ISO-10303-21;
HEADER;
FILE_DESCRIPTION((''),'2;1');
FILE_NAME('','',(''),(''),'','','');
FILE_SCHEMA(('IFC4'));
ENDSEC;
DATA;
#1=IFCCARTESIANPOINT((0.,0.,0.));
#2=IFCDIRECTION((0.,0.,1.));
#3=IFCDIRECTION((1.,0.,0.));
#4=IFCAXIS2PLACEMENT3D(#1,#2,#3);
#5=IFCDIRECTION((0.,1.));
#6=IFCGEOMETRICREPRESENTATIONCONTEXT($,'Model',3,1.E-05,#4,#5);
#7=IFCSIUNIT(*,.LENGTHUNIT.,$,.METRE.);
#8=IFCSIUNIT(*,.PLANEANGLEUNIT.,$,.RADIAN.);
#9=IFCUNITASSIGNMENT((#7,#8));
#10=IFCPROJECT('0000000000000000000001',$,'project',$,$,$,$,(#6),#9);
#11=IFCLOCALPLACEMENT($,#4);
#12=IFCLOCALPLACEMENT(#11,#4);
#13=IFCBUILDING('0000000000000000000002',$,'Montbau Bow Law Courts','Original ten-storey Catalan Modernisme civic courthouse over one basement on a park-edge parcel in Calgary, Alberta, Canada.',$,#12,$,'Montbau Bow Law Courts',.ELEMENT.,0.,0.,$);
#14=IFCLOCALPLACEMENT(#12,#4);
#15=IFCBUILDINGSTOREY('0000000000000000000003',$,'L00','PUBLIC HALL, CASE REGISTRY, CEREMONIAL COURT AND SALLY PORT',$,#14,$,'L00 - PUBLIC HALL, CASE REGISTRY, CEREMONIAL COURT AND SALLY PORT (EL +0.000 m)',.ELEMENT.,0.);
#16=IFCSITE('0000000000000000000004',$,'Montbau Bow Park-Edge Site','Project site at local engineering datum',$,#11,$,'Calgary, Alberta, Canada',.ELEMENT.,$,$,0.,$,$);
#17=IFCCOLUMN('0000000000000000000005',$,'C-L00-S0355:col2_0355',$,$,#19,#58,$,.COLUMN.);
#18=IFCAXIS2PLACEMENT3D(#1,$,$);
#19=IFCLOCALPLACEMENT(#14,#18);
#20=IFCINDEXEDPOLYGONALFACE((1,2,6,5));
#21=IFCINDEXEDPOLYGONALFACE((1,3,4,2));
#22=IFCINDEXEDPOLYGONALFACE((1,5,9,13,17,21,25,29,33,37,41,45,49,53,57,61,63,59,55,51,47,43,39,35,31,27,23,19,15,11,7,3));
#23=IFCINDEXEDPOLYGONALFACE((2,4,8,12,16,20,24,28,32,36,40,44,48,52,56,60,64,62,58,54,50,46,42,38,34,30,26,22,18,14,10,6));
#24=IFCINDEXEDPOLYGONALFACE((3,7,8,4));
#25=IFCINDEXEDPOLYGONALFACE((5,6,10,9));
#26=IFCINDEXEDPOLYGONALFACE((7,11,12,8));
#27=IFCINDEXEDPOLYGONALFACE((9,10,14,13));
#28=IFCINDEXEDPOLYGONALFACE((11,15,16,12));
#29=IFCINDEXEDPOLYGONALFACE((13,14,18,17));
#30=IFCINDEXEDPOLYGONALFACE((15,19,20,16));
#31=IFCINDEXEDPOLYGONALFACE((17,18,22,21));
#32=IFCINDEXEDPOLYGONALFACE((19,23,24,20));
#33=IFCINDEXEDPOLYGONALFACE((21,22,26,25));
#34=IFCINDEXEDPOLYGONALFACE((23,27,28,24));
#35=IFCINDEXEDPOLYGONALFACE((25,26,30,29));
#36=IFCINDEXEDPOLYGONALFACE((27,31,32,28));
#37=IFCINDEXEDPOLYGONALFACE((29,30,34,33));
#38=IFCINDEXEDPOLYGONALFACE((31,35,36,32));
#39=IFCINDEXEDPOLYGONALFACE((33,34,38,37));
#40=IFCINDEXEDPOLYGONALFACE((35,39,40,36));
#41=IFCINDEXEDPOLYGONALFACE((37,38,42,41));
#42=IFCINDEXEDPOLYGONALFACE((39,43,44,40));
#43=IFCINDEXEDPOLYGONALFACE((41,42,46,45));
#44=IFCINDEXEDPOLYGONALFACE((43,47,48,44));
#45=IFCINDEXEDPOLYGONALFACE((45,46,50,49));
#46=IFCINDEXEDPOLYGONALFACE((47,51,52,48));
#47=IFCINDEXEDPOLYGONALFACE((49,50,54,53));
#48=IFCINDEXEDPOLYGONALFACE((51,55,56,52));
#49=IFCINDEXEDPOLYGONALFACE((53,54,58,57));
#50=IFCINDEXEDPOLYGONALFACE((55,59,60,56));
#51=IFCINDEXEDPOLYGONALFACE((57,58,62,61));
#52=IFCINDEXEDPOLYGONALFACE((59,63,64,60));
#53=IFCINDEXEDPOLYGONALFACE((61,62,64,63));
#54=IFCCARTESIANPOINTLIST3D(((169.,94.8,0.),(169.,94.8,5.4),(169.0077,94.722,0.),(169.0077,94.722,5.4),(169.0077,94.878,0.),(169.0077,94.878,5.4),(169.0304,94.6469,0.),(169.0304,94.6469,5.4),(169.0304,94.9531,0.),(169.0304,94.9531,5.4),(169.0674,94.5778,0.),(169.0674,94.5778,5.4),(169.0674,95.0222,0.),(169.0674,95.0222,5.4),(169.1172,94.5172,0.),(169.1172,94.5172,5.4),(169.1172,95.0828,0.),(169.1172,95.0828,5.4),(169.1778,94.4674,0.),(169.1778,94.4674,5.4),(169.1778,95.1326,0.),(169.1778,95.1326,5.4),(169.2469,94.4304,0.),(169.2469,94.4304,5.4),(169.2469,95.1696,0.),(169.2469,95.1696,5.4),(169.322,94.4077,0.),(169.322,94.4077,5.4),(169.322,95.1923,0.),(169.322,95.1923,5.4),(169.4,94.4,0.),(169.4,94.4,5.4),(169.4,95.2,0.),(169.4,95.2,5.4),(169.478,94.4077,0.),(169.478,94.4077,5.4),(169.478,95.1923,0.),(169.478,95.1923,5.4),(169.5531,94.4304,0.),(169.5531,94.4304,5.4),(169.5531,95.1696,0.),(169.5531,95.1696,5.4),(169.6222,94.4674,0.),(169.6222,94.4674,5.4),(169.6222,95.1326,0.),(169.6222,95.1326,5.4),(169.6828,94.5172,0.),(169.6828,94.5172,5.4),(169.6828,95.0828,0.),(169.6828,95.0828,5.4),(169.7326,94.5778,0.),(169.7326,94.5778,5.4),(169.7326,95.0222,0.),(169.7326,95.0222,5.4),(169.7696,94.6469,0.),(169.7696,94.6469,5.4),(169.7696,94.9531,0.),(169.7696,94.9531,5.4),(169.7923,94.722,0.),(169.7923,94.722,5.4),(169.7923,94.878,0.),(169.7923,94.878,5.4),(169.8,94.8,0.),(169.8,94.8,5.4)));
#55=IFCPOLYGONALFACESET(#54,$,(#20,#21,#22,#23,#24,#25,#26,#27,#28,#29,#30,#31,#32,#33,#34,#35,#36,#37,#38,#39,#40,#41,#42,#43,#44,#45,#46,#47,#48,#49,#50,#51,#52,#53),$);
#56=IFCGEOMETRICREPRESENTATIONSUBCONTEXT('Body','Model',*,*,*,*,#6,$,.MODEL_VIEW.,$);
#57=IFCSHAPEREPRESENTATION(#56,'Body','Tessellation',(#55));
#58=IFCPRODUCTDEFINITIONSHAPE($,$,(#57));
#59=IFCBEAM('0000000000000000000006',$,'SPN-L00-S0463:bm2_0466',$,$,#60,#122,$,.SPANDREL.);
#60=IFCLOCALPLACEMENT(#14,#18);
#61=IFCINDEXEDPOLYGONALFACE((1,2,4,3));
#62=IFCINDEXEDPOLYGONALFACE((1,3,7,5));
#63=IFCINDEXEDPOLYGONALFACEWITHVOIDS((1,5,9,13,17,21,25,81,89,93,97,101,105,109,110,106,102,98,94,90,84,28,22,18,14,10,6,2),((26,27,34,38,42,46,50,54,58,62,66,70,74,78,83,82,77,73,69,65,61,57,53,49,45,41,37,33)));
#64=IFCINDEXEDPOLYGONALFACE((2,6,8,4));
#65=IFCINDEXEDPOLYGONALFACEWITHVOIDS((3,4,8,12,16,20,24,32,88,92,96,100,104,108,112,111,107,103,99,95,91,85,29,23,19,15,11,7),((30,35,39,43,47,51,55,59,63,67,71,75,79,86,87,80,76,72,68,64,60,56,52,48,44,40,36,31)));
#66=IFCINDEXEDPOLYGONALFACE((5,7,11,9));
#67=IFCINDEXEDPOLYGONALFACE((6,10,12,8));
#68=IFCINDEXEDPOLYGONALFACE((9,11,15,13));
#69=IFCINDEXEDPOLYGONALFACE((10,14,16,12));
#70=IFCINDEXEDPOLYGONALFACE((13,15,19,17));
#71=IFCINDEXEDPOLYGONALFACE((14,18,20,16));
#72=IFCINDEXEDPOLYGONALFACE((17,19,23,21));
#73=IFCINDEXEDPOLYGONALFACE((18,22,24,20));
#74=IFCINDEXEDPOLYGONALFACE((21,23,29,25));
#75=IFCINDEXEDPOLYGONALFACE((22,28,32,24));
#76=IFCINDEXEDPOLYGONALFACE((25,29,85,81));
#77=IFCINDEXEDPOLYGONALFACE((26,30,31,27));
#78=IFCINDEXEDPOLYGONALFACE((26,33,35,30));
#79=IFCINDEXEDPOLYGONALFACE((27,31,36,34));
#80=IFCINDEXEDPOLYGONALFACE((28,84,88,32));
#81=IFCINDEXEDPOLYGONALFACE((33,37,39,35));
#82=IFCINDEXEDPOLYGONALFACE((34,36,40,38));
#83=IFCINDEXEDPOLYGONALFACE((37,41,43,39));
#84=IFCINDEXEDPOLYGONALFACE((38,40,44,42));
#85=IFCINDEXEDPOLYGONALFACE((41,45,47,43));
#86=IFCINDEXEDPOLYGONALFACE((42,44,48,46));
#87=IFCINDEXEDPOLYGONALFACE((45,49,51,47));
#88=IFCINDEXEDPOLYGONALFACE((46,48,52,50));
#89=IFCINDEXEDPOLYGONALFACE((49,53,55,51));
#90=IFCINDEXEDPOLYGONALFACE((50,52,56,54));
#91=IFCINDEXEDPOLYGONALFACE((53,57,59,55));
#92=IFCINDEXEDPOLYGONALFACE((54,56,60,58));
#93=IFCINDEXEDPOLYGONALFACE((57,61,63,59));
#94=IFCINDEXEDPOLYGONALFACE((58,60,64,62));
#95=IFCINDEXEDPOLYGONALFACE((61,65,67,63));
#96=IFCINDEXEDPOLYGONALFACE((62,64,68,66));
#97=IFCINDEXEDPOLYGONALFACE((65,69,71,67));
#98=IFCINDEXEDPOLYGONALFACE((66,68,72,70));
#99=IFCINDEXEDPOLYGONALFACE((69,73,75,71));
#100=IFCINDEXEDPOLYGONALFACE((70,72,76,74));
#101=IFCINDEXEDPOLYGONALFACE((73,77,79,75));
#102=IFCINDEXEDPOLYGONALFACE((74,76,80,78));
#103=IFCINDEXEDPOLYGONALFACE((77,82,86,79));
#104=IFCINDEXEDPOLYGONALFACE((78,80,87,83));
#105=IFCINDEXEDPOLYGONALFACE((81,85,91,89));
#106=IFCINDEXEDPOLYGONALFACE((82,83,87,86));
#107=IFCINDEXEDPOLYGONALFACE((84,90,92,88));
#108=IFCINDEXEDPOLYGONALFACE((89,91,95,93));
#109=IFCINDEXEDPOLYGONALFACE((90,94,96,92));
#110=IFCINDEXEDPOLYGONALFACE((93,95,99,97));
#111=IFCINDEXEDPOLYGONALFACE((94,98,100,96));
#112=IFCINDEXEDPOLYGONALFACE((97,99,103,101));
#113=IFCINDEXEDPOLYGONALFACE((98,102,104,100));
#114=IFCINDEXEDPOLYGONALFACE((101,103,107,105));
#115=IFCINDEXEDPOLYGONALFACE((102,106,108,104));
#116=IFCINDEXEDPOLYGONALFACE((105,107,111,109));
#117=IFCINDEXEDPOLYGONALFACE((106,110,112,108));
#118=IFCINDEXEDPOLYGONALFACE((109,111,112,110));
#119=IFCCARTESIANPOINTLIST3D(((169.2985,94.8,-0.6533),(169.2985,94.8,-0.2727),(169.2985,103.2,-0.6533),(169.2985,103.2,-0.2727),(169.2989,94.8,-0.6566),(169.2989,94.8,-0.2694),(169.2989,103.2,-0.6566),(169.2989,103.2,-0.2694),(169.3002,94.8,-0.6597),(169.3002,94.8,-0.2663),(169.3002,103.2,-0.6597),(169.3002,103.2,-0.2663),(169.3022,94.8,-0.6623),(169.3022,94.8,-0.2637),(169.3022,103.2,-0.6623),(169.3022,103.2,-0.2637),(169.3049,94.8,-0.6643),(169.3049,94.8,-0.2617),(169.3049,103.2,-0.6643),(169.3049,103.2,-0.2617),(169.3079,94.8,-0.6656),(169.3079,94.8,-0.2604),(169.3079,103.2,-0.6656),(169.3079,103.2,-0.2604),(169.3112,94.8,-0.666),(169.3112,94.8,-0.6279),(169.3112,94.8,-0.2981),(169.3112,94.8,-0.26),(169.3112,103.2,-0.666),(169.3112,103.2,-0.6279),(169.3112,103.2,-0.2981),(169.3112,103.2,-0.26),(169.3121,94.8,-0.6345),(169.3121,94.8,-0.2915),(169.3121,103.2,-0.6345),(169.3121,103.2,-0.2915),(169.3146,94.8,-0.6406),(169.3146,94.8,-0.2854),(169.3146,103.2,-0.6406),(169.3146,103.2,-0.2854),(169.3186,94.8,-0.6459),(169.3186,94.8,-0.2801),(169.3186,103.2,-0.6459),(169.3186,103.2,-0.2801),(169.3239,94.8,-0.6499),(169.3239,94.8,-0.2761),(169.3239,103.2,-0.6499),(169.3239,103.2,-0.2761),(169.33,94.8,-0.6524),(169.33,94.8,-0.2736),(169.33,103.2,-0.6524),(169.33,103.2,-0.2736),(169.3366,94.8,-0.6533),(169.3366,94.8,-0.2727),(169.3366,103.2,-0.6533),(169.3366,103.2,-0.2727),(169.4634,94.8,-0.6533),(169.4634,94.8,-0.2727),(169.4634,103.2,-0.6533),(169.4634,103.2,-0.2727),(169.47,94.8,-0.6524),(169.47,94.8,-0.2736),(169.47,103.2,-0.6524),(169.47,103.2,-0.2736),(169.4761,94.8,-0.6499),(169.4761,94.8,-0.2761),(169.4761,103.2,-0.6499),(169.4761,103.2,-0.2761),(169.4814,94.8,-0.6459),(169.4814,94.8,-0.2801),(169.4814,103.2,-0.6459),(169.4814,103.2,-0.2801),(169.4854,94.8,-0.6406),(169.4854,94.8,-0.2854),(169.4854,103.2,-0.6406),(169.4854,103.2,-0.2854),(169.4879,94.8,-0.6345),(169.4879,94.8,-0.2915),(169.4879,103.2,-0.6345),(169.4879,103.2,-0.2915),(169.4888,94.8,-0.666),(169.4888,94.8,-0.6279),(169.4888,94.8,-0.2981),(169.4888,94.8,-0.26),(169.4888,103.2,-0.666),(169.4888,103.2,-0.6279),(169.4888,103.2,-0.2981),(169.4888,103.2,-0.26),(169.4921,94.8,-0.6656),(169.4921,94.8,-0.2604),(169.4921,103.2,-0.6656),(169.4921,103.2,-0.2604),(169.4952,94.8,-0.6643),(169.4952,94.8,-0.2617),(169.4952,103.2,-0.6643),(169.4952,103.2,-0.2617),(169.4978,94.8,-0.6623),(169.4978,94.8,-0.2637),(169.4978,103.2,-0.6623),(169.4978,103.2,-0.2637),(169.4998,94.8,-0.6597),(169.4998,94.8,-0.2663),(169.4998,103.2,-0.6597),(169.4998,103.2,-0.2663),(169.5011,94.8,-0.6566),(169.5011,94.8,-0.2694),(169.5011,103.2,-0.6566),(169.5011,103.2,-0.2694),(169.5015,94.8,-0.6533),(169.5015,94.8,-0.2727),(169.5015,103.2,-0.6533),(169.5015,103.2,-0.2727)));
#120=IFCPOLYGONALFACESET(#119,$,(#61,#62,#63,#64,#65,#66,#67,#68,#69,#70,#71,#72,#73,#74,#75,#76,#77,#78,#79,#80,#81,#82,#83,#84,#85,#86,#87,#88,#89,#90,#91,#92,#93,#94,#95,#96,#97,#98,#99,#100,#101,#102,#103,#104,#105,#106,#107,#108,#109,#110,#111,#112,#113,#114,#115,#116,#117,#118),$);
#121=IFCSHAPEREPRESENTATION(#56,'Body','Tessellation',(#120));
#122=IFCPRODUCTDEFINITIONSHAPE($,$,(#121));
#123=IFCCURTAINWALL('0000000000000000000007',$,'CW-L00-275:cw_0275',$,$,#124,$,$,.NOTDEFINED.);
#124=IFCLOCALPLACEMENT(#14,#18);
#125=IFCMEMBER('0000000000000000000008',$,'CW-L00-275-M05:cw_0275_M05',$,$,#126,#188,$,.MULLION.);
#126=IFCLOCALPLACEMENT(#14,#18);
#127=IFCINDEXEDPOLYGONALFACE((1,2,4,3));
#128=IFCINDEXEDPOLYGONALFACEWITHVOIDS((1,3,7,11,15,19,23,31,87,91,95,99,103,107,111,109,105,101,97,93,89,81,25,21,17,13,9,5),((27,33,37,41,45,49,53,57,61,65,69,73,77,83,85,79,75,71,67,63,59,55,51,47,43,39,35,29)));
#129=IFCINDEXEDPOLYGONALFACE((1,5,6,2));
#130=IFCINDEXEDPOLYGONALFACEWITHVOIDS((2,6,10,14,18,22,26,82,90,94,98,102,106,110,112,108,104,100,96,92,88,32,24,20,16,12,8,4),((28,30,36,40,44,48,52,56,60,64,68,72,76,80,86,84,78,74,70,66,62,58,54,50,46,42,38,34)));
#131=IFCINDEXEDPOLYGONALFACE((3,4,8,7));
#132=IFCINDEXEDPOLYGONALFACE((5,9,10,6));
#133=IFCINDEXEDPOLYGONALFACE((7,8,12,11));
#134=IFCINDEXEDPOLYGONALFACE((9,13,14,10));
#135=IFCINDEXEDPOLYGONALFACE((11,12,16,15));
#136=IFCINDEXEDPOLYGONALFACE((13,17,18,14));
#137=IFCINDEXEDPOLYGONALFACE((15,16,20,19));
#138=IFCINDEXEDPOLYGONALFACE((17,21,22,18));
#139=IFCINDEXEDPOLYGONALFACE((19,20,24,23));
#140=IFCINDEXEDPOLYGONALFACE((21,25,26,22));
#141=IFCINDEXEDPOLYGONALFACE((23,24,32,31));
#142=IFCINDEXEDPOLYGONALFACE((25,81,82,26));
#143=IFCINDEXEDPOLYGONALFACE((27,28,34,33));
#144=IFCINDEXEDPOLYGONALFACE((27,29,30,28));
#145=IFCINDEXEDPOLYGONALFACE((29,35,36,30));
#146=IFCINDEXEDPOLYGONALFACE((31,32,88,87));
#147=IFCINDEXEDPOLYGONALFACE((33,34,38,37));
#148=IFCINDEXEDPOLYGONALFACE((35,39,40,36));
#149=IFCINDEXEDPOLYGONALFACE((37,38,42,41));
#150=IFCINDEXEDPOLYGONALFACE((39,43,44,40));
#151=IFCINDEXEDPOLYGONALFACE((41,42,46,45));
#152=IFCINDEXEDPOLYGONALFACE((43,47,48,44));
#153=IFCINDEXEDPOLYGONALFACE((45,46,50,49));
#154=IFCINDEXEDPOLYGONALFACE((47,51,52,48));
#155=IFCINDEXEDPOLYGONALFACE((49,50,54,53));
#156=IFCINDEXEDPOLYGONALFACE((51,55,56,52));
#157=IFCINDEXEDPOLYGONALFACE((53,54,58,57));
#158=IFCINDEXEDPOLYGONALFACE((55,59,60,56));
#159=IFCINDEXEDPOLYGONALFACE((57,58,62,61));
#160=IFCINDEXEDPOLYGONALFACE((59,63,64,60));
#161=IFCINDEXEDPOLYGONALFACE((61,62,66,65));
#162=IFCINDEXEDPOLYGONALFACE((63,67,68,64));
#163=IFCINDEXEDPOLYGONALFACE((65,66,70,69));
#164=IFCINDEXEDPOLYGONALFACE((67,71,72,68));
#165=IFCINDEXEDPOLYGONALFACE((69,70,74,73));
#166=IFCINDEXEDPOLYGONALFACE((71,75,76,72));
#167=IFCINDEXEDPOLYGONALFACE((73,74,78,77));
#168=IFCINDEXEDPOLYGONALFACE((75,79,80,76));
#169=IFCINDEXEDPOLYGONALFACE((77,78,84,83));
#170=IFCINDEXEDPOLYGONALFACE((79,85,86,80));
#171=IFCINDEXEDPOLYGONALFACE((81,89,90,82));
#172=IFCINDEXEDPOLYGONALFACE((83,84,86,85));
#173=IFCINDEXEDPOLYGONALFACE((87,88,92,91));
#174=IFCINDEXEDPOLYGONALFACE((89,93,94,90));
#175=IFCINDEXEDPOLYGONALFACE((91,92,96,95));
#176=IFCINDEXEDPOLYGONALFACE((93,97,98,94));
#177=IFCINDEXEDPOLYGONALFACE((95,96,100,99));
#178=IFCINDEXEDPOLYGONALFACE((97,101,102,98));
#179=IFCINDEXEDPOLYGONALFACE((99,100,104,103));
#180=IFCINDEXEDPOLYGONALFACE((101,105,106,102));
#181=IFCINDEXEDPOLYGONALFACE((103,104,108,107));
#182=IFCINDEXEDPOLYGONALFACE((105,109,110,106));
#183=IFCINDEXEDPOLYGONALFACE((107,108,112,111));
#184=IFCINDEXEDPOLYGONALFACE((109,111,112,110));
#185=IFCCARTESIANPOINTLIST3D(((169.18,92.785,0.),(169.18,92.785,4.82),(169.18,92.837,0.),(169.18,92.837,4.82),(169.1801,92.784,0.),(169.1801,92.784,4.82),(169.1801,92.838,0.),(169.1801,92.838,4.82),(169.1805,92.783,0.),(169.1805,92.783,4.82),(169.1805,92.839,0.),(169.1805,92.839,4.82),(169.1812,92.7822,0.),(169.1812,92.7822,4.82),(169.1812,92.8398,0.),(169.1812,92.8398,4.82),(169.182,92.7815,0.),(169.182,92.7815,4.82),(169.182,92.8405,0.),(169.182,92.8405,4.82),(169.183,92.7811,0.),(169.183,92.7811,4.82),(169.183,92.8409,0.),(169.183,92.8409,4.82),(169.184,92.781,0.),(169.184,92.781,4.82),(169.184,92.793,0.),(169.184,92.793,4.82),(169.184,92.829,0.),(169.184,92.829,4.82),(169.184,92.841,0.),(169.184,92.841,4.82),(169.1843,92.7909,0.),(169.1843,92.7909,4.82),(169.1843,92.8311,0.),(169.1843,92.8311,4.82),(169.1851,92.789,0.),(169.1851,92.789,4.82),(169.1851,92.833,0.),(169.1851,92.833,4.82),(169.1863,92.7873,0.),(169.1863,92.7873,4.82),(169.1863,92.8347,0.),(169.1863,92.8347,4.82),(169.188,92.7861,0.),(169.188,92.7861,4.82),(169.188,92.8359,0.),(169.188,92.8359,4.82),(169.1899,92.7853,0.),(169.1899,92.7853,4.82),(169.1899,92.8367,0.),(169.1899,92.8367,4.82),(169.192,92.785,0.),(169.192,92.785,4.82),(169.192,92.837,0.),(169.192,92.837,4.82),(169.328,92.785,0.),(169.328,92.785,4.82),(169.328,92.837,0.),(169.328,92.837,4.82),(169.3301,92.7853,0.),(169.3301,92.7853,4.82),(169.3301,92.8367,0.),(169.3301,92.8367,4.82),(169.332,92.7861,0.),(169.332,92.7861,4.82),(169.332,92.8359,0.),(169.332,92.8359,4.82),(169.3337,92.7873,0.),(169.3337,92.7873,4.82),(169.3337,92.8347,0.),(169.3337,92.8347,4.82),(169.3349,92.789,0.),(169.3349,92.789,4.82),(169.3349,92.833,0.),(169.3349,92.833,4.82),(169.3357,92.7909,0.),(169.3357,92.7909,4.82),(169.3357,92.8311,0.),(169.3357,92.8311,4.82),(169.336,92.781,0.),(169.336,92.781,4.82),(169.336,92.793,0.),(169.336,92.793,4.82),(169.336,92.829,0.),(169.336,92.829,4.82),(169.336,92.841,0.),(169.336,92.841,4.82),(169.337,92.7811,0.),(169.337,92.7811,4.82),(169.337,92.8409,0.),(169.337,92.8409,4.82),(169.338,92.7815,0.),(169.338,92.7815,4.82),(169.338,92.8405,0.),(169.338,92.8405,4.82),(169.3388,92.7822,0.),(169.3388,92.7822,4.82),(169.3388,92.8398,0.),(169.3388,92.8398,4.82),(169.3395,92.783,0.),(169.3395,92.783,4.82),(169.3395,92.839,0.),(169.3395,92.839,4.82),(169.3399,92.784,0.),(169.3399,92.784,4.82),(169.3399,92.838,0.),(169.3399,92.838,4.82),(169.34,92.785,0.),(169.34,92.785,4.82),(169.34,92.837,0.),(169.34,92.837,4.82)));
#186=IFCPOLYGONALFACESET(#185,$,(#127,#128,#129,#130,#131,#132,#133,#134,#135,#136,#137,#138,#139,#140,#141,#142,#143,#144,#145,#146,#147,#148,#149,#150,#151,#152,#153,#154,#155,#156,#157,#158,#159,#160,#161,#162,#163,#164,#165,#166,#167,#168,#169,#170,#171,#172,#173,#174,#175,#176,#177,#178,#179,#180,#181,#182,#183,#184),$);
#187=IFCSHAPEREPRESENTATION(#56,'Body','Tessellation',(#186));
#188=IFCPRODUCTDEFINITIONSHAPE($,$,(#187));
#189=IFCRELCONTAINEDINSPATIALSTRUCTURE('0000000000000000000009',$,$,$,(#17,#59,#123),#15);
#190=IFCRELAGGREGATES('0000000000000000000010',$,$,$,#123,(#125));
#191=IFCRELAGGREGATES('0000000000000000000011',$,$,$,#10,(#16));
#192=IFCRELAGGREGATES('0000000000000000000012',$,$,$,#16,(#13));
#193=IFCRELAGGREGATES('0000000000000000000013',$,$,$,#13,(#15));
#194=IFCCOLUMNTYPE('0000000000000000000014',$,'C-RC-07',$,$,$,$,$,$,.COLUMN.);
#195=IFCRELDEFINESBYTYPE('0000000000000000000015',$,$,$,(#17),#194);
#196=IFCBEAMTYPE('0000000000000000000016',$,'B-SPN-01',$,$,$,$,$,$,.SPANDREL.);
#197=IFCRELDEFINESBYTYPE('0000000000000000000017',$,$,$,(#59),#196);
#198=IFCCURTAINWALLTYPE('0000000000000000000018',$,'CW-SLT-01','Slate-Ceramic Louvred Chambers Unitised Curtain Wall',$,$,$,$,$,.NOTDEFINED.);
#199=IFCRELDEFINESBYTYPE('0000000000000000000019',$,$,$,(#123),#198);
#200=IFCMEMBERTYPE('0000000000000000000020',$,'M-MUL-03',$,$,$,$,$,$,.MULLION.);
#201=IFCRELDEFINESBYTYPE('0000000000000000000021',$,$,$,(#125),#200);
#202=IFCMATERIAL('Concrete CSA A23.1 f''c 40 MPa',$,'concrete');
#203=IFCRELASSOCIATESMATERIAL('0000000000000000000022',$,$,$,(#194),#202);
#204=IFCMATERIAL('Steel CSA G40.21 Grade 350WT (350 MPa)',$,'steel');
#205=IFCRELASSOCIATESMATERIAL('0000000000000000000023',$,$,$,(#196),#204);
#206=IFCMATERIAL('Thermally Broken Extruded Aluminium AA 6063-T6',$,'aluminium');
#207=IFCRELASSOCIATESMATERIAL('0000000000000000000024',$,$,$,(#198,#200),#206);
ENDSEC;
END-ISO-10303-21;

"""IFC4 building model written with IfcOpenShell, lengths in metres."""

from ifc_helpers import new_model, si_unit, direction, frame, origin_with_axes, origin_2d_with_axis, place, context, subcontext, project, spatial, hollow_rectangle, circle, extrude, material, material_profile, profile_set, type_object, element, aggregate, save


model = new_model("IFC4")

# Units and contexts
model_context = context("Model", 3, precision=1e-05, world=origin_with_axes(), true_north=direction((0.0, 1.0)))
body_context = subcontext(model_context, "Body", "Model", "MODEL_VIEW")
ifc_project = project(units=[si_unit("LENGTHUNIT", "METRE"), si_unit("PLANEANGLEUNIT", "RADIAN")], contexts=[model_context])

# Site, building, storey
site_placement = place(None, origin_with_axes())
site = spatial("IfcSite", under=ifc_project, at=site_placement, Name="Montbau Bow Park-Edge Site", Description="Project site at local engineering datum", LongName="Calgary, Alberta, Canada", CompositionType="ELEMENT", RefElevation=0.0)
building_placement = place(site_placement, origin_with_axes())
building = spatial("IfcBuilding", under=site, at=building_placement, Name="Montbau Bow Law Courts", Description="Original ten-storey Catalan Modernisme civic courthouse over one basement on a park-edge parcel in Calgary, Alberta, Canada.", LongName="Montbau Bow Law Courts", CompositionType="ELEMENT", ElevationOfRefHeight=0.0, ElevationOfTerrain=0.0)
storey_placement = place(building_placement, origin_with_axes())
storey = spatial("IfcBuildingStorey", under=building, at=storey_placement, Name="L00", Description="PUBLIC HALL, CASE REGISTRY, CEREMONIAL COURT AND SALLY PORT", LongName="L00 - PUBLIC HALL, CASE REGISTRY, CEREMONIAL COURT AND SALLY PORT (EL +0.000 m)", CompositionType="ELEMENT", Elevation=0.0)

# Column
ifc_material_1 = material(Name="Concrete CSA A23.1 f'c 40 MPa", Category="concrete")
ifc_material_profile_1 = material_profile(ifc_material_1, circle(Radius=0.4, at=origin_2d_with_axis()), Name="RC800D", Category="Main", Priority=0)
ifc_profile_set_1 = profile_set([ifc_material_profile_1], Name="Concrete CSA A23.1 f'c 40 MPa")
column_type = type_object("IfcColumnType", Name="C-RC-07", PredefinedType="COLUMN", material=ifc_profile_set_1)
column_placement = place(None, frame((169.4, 94.8, 0.0), z_axis=(0.0, 0.0, 1.0), x_axis=(1.0, 0.0, 0.0)))
element("IfcColumn", 1, at=column_placement, inside=storey, type_object=column_type, Name="C-L00-S0355:col2_0355", PredefinedType="COLUMN", context=body_context, shape_type="SweptSolid", body=[
    extrude(circle(Radius=0.4, at=origin_2d_with_axis()), origin_with_axes(), (0.0, 0.0, 1.0), 5.4),
])

# Beam
ifc_material_2 = material(Name="Steel CSA G40.21 Grade 350WT (350 MPa)", Category="steel")
ifc_material_profile_2 = material_profile(ifc_material_2, hollow_rectangle(XDim=0.203, YDim=0.406, WallThickness=0.0127, InnerFilletRadius=0.0254, OuterFilletRadius=0.0127, at=origin_2d_with_axis()), Name="HSS406X203X13", Category="Main", Priority=0)
ifc_profile_set_2 = profile_set([ifc_material_profile_2], Name="Steel CSA G40.21 Grade 350WT (350 MPa)")
beam_type = type_object("IfcBeamType", Name="B-SPN-01", PredefinedType="SPANDREL", material=ifc_profile_set_2)
beam_placement = place(None, frame((169.4, 94.8, -0.463), z_axis=(0.0, 1.0, 0.0), x_axis=(-1.0, 0.0, 0.0)))
element("IfcBeam", 2, at=beam_placement, inside=storey, type_object=beam_type, Name="SPN-L00-S0463:bm2_0466", PredefinedType="SPANDREL", context=body_context, shape_type="SweptSolid", body=[
    extrude(hollow_rectangle(XDim=0.203, YDim=0.406, WallThickness=0.0127, InnerFilletRadius=0.0254, OuterFilletRadius=0.0127, at=origin_2d_with_axis()), origin_with_axes(), (0.0, 0.0, 1.0), 8.4),
])

# Curtain wall, member
ifc_material_3 = material(Name="Thermally Broken Extruded Aluminium AA 6063-T6", Category="aluminium")
curtain_wall_type = type_object("IfcCurtainWallType", Name="CW-SLT-01", Description="Slate-Ceramic Louvred Chambers Unitised Curtain Wall", PredefinedType="NOTDEFINED", material=ifc_material_3)
curtain_wall_placement = place(None, frame((169.26, 86.915, 0.0), z_axis=(0.0, 0.0, 1.0), x_axis=(1.0, 0.0, 0.0)))
curtain_wall = element("IfcCurtainWall", 3, at=curtain_wall_placement, inside=storey, type_object=curtain_wall_type, Name="CW-L00-275:cw_0275", PredefinedType="NOTDEFINED")
ifc_material_profile_3 = material_profile(ifc_material_3, hollow_rectangle(XDim=0.06, YDim=0.16, WallThickness=0.004, InnerFilletRadius=0.008, OuterFilletRadius=0.004, at=origin_2d_with_axis()), Name="CWM-160X60", Category="Main", Priority=0)
ifc_profile_set_3 = profile_set([ifc_material_profile_3], Name="Thermally Broken Extruded Aluminium AA 6063-T6")
member_type_1 = type_object("IfcMemberType", Name="M-MUL-03", PredefinedType="MULLION", material=ifc_profile_set_3)
member_1_placement = place(None, frame((169.26, 92.811, 0.0), z_axis=(0.0, 0.0, 1.0), x_axis=(0.0, 1.0, 0.0)))
member_1 = element("IfcMember", 4, at=member_1_placement, type_object=member_type_1, Name="CW-L00-275-M05:cw_0275_M05", PredefinedType="MULLION", context=body_context, shape_type="SweptSolid", body=[
    extrude(hollow_rectangle(XDim=0.06, YDim=0.16, WallThickness=0.004, InnerFilletRadius=0.008, OuterFilletRadius=0.004, at=origin_2d_with_axis()), origin_with_axes(), (0.0, 0.0, 1.0), 4.82),
])
aggregate(curtain_wall, [member_1])

save(model, "model.ifc")
